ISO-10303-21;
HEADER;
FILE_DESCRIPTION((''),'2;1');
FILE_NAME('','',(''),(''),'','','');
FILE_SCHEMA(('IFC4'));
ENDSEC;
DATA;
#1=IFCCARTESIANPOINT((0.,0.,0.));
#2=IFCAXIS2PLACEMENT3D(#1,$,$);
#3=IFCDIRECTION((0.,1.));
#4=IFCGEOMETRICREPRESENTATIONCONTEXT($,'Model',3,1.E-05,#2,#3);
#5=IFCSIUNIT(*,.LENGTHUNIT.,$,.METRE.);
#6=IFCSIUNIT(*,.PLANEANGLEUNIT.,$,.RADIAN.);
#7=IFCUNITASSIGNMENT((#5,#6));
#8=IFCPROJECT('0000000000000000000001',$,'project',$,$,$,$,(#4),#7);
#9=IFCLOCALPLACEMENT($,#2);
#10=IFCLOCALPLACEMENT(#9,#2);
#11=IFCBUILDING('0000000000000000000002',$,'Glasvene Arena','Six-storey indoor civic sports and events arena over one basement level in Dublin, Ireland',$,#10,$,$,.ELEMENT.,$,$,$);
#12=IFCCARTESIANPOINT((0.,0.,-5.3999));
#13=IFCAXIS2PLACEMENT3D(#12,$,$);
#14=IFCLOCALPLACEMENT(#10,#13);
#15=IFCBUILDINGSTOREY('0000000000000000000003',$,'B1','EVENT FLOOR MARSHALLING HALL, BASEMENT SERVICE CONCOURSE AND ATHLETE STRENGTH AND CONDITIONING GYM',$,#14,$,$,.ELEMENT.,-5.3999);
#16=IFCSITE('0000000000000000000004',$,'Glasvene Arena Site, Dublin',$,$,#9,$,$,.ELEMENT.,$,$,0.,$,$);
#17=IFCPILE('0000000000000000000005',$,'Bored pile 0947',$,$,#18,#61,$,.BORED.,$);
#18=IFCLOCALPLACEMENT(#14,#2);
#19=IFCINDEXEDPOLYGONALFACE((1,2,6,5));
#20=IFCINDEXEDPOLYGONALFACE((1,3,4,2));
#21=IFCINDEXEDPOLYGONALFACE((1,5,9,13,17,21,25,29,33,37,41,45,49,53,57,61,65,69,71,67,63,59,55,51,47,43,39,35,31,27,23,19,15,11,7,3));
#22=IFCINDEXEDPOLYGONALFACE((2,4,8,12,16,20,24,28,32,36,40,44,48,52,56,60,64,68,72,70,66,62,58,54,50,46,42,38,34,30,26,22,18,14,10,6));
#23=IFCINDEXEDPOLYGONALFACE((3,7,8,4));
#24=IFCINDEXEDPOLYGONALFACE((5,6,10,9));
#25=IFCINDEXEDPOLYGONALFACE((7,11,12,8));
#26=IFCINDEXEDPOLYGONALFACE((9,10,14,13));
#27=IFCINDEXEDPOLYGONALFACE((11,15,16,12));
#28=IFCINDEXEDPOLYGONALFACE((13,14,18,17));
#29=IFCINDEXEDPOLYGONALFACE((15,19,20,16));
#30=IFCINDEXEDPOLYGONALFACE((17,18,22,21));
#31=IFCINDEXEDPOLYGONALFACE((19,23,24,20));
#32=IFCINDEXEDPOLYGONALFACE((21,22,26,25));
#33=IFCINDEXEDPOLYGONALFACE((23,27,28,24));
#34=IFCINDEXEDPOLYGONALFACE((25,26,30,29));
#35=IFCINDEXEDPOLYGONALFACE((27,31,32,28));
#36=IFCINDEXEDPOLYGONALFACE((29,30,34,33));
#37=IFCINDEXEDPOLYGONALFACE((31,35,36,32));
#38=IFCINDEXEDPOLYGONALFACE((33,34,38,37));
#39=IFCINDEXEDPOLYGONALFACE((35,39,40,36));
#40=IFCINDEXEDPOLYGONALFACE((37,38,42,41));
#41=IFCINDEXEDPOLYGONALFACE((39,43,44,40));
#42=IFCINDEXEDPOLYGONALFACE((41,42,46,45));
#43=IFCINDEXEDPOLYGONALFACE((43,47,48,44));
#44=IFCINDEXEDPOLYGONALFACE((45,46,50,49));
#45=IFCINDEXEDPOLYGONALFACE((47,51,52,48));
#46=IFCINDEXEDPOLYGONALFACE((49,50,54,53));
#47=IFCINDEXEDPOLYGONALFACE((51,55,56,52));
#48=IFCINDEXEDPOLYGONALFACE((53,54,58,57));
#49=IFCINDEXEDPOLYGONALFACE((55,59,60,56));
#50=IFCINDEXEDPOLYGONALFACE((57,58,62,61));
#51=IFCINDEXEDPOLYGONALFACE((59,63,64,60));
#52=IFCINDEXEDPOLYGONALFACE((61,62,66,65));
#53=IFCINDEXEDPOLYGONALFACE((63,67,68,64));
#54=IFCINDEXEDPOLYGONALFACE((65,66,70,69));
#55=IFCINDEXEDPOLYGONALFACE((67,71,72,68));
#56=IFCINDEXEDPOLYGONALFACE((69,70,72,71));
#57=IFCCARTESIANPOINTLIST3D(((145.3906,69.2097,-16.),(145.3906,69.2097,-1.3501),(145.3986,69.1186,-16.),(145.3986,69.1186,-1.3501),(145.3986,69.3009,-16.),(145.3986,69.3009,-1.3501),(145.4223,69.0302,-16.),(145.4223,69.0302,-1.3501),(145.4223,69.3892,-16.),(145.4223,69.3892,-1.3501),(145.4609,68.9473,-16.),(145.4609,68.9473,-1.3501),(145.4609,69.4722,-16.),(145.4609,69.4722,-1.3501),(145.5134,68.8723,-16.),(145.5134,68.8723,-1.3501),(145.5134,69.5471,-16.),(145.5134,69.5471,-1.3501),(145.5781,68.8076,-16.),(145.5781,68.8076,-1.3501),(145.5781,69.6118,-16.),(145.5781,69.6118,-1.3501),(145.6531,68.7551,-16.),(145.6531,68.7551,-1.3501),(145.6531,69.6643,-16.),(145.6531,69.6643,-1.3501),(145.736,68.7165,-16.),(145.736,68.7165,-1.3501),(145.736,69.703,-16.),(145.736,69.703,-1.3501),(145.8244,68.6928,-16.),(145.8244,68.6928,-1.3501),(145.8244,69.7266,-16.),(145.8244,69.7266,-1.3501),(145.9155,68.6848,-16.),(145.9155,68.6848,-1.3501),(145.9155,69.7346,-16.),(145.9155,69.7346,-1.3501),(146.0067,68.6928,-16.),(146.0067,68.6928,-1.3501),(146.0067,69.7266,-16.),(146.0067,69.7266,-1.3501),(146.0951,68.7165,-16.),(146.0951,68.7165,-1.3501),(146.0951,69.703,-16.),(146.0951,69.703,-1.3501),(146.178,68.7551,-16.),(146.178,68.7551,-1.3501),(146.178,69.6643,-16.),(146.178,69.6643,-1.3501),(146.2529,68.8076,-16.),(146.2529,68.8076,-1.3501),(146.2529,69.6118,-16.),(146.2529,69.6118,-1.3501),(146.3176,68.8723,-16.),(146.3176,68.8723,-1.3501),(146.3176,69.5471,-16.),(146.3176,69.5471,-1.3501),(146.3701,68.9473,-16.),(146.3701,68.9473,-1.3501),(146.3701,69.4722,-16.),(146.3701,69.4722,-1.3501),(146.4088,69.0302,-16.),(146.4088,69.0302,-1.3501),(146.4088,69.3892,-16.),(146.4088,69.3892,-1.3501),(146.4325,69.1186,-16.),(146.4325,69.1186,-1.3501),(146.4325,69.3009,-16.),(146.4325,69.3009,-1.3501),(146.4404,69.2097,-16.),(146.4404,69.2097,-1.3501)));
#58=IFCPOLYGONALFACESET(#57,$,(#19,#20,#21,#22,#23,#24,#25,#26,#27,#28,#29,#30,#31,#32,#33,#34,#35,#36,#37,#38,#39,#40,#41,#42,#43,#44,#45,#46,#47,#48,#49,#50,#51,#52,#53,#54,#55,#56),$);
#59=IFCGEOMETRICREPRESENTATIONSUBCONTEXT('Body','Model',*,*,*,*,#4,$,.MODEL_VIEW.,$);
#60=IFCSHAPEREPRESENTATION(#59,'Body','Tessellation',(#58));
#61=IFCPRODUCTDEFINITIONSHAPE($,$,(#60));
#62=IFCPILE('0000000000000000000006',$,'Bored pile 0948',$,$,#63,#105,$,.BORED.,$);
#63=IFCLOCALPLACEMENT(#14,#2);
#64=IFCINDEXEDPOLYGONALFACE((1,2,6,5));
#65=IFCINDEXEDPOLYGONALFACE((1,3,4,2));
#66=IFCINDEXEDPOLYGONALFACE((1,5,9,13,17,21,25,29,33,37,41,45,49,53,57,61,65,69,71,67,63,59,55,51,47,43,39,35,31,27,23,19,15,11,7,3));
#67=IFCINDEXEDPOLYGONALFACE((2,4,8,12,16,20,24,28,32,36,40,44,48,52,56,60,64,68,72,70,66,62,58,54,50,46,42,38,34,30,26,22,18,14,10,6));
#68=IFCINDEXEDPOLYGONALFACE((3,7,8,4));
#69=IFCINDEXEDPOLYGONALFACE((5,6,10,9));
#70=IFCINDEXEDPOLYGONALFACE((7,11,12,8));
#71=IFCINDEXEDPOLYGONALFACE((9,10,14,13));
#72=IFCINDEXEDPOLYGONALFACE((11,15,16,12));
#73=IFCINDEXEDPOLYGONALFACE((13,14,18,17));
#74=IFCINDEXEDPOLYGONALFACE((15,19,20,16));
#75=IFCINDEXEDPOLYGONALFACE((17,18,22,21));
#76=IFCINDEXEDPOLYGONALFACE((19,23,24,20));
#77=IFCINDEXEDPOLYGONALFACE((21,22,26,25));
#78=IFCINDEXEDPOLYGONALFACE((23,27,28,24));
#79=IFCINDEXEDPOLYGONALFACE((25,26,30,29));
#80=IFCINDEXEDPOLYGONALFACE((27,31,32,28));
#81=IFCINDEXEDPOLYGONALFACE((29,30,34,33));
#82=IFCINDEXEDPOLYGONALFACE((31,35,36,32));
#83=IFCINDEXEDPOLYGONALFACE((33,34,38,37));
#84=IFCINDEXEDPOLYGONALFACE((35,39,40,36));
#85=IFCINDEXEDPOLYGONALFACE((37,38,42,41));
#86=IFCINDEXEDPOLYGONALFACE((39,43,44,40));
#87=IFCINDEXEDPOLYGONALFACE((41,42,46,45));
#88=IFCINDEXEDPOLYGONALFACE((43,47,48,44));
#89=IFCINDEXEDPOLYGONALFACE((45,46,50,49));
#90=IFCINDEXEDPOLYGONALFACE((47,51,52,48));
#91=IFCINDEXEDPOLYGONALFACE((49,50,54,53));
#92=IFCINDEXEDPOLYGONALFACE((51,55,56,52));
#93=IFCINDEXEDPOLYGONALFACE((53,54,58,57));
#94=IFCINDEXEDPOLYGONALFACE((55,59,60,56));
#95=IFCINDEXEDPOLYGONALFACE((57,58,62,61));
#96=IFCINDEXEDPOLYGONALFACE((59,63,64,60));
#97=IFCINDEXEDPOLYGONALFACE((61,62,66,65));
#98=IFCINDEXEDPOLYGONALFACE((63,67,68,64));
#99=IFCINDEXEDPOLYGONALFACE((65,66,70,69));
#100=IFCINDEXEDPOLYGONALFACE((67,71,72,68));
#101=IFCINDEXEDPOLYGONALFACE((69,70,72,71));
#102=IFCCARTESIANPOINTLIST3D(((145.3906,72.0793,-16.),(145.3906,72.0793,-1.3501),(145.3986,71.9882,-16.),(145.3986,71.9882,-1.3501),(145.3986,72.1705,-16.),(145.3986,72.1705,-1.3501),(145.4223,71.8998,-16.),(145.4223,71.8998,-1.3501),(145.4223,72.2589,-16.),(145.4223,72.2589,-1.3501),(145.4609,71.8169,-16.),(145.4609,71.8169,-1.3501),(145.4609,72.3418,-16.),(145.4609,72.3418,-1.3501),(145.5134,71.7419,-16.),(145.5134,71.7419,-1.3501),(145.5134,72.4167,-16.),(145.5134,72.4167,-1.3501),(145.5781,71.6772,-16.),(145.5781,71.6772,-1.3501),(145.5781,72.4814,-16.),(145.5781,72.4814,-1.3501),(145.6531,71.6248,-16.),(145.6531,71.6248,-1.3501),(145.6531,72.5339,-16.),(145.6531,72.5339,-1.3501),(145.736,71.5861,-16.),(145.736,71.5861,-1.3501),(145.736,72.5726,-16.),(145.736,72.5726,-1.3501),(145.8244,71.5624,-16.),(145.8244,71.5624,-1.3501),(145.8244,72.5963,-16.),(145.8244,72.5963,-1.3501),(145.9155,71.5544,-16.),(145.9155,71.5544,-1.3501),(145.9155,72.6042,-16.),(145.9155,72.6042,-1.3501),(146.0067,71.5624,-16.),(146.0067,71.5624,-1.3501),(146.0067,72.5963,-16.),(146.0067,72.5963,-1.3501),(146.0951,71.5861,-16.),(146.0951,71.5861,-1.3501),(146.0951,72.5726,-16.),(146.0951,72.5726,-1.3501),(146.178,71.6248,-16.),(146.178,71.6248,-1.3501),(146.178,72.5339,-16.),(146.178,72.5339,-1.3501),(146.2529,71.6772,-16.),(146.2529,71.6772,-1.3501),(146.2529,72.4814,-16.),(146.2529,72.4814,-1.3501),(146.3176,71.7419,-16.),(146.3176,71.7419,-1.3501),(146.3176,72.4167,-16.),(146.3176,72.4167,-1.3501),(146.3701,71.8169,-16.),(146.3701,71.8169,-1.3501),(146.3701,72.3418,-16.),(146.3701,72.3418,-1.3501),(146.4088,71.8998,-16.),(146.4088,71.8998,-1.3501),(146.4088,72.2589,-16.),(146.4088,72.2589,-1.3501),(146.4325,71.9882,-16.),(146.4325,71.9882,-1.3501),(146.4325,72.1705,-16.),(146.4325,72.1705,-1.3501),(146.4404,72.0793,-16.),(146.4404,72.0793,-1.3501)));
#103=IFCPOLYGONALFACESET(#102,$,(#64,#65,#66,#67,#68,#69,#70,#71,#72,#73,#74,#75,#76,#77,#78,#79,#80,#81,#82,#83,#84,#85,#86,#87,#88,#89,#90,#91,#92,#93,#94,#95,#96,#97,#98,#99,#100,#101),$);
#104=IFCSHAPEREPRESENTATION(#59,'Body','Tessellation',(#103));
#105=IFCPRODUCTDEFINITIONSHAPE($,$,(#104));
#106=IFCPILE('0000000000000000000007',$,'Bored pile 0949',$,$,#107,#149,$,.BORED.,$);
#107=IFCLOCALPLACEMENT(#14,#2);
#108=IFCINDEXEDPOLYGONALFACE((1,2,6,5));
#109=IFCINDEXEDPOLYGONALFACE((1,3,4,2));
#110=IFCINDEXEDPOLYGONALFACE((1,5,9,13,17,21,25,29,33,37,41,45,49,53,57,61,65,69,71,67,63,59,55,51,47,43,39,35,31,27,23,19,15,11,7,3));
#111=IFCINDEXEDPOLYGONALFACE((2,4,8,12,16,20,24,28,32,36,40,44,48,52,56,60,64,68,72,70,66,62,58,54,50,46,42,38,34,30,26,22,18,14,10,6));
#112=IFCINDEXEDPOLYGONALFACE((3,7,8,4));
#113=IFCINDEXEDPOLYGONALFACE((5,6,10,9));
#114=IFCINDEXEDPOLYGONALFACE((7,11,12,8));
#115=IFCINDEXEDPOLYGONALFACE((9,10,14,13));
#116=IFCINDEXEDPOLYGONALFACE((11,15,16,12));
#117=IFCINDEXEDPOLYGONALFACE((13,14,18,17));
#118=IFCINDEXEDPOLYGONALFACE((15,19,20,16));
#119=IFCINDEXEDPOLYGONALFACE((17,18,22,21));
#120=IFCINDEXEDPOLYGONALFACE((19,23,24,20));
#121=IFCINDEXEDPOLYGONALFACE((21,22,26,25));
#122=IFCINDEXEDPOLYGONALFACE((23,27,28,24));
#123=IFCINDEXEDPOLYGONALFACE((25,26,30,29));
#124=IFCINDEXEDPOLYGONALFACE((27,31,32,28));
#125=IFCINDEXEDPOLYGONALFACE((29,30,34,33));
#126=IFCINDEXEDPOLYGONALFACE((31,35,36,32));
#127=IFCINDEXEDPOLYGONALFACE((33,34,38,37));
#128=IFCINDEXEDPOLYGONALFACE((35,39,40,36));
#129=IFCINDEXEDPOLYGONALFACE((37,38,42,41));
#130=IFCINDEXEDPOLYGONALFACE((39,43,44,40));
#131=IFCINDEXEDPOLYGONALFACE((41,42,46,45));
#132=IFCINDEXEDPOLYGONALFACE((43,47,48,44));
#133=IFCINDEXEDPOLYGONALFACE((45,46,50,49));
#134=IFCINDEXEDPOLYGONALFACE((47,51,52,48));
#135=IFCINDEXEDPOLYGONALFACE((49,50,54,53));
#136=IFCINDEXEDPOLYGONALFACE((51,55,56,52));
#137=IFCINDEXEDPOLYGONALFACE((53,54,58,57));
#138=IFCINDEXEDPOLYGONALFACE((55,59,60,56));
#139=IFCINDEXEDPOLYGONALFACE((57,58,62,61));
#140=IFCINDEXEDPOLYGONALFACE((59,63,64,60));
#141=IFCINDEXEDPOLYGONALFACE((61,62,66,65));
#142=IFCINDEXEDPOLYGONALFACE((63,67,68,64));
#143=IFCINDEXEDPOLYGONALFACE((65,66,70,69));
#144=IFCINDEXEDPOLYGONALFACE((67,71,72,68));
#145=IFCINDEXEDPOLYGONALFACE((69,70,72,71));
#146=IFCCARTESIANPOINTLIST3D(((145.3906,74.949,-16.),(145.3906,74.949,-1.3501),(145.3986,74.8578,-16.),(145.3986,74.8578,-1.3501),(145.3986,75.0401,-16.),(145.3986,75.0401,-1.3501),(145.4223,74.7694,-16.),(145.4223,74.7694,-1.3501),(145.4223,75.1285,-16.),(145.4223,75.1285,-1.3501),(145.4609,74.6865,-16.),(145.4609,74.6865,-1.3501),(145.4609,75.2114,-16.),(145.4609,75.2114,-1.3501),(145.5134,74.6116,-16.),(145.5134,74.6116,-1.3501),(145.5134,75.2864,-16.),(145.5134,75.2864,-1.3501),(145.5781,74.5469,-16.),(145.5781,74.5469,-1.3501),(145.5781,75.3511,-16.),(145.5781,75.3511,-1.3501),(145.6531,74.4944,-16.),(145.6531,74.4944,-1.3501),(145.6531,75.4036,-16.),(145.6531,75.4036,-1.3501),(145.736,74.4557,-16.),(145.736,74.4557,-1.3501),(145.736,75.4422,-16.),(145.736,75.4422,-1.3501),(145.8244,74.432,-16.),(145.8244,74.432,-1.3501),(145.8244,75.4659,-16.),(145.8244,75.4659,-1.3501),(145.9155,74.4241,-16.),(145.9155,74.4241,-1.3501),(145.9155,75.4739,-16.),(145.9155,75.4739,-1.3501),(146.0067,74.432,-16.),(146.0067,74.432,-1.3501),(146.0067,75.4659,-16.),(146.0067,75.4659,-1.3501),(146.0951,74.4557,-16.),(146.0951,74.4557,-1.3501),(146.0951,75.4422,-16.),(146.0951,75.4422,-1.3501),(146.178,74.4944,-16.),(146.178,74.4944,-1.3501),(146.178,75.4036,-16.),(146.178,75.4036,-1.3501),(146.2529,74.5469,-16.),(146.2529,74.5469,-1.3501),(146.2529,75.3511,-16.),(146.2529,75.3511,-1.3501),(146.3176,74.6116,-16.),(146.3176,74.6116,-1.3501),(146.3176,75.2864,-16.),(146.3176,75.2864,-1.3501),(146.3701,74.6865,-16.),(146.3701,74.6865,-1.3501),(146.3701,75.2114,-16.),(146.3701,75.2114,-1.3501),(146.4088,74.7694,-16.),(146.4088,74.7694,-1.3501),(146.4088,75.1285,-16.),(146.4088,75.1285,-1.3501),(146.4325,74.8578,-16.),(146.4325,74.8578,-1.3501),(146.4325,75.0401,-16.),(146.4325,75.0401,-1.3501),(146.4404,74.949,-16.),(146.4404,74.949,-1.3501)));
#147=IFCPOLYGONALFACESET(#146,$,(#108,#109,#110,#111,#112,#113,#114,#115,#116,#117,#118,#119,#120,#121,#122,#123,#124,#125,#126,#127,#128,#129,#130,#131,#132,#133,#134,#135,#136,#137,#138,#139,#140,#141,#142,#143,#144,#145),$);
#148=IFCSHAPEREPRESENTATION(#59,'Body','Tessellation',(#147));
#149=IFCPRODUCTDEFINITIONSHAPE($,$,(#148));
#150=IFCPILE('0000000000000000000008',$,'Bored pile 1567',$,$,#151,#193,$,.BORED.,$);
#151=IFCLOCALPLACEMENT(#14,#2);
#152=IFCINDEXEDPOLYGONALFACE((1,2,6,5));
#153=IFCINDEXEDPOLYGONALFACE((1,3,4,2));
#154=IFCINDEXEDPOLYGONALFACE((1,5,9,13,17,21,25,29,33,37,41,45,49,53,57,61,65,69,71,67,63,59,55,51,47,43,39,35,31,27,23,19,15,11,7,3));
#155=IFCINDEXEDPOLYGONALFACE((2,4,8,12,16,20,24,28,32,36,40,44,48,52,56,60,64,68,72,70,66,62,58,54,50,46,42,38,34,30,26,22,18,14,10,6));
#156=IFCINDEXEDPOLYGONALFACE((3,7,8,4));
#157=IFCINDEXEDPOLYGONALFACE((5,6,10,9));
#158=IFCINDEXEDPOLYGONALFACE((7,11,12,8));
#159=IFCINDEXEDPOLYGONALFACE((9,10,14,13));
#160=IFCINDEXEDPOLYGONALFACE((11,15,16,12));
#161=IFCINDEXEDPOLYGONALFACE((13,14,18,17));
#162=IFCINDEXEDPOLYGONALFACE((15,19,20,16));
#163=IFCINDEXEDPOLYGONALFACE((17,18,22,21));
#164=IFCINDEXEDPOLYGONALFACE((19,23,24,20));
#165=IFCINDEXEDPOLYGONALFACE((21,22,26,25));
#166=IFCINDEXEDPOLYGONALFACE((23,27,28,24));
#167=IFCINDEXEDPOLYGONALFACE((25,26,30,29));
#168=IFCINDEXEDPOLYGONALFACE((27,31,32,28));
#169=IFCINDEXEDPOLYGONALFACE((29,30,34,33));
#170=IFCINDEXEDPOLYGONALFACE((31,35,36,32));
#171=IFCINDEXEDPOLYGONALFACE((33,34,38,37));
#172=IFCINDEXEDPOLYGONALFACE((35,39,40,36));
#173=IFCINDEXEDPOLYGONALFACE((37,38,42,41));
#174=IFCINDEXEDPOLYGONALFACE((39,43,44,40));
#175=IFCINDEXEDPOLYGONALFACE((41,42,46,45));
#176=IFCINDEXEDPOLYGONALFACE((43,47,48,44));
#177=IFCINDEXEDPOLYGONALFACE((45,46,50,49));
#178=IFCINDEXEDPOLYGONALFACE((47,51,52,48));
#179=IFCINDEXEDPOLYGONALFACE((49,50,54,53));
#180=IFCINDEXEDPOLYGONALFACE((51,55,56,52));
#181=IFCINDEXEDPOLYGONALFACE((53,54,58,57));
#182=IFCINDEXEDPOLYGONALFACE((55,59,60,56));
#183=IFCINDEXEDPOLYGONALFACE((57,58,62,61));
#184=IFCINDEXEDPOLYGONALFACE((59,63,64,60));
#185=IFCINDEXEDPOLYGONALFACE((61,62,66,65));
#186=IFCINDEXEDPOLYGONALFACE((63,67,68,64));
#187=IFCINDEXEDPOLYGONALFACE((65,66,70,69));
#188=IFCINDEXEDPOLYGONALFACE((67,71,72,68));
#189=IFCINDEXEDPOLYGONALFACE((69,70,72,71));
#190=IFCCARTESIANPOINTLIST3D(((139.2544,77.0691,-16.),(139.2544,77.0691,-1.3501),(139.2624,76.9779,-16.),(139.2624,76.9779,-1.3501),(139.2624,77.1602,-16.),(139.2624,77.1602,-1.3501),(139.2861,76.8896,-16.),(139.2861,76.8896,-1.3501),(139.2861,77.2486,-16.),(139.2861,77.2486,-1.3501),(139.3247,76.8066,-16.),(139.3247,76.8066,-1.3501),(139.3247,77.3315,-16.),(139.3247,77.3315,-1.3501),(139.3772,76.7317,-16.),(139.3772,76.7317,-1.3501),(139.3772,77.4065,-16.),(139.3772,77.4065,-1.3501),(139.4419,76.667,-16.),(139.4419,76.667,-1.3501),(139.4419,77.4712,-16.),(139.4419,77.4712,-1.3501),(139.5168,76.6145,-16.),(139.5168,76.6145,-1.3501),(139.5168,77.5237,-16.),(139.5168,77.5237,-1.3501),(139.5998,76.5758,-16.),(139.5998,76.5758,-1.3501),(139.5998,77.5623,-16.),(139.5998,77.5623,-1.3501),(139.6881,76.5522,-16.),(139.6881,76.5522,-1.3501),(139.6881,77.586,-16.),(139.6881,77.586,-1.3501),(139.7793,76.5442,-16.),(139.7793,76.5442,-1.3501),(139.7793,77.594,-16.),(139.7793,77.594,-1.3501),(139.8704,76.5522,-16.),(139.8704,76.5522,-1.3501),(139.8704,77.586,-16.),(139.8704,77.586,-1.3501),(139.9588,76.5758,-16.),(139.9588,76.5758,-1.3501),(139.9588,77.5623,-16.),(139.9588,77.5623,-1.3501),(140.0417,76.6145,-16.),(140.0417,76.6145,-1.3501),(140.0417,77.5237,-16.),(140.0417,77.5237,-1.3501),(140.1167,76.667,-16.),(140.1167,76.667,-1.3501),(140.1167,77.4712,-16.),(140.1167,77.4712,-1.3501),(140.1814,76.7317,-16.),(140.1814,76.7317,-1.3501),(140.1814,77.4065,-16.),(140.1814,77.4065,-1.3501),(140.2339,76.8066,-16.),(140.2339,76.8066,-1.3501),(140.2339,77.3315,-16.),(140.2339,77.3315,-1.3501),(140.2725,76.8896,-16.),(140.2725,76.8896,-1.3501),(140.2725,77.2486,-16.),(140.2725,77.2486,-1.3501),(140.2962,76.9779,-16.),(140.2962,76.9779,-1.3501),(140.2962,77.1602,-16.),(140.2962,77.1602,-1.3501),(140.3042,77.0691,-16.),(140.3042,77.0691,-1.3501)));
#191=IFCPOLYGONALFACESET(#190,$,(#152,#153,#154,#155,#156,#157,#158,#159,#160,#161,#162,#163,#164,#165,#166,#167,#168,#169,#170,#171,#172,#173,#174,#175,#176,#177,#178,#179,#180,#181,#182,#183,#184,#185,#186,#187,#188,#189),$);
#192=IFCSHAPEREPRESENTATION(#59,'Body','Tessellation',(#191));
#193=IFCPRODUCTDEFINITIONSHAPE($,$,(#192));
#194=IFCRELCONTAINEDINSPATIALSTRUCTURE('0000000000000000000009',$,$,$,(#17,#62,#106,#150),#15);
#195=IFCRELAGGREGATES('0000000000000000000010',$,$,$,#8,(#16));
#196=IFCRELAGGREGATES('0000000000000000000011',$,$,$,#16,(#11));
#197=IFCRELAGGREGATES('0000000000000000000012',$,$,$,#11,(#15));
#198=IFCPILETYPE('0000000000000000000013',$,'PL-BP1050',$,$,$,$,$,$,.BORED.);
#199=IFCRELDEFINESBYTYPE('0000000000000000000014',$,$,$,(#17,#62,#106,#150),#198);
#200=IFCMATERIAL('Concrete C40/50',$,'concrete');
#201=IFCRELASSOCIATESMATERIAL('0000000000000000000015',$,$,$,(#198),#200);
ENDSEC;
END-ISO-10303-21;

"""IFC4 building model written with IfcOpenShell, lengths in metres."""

from ifc_helpers import new_model, si_unit, direction, frame, origin, origin_2d, place, context, subcontext, project, spatial, circle, extrude, material, material_profile, profile_set, type_object, element, save


model = new_model("IFC4")

# Units and contexts
model_context = context("Model", 3, precision=1e-05, world=origin(), true_north=direction((0.0, 1.0)))
body_context = subcontext(model_context, "Body", "Model", "MODEL_VIEW")
ifc_project = project(units=[si_unit("LENGTHUNIT", "METRE"), si_unit("PLANEANGLEUNIT", "RADIAN")], contexts=[model_context])

# Site, building, storey
site_placement = place(None, origin())
site = spatial("IfcSite", under=ifc_project, at=site_placement, Name="Glasvene Arena Site, Dublin", CompositionType="ELEMENT", RefElevation=0.0)
building_placement = place(site_placement, origin())
building = spatial("IfcBuilding", under=site, at=building_placement, Name="Glasvene Arena", Description="Six-storey indoor civic sports and events arena over one basement level in Dublin, Ireland", CompositionType="ELEMENT")
storey_placement = place(building_placement, frame((0.0, 0.0, -5.3999)))
storey = spatial("IfcBuildingStorey", under=building, at=storey_placement, Name="B1", Description="EVENT FLOOR MARSHALLING HALL, BASEMENT SERVICE CONCOURSE AND ATHLETE STRENGTH AND CONDITIONING GYM", CompositionType="ELEMENT", Elevation=-5.3999)

# Shared definitions
ifc_material_1 = material(Name="Concrete C40/50", Category="concrete")

# Piles
ifc_material_profile_1 = material_profile(ifc_material_1, circle(Radius=0.5249, at=origin_2d()), Name="BORED PILE 1050")
ifc_profile_set_1 = profile_set([ifc_material_profile_1], Name="Concrete C40/50")
pile_type = type_object("IfcPileType", Name="PL-BP1050", PredefinedType="BORED", material=ifc_profile_set_1)
for number, where, z_axis, x_axis, name in (
    (1, (145.9155, 69.2097, -1.3501), (0.0, 0.0, -1.0), (1.0, 0.0, 0.0), "Bored pile 0947"),
    (2, (145.9155, 72.0793, -1.3501), (0.0, 0.0, -1.0), (1.0, 0.0, 0.0), "Bored pile 0948"),
    (3, (145.9155, 74.949, -1.3501), (0.0, 0.0, -1.0), (1.0, 0.0, 0.0), "Bored pile 0949"),
    (4, (139.7793, 77.0691, -1.3501), (0.0, 0.0, -1.0), (1.0, 0.0, 0.0), "Bored pile 1567"),
):
    element("IfcPile", number, at=place(storey_placement, frame(where, z_axis=z_axis, x_axis=x_axis)), inside=storey, type_object=pile_type, Name=name, PredefinedType="BORED", context=body_context, shape_type="SweptSolid", body=[
        extrude(circle(Radius=0.5249, at=origin_2d()), origin(), (0.0, 0.0, 1.0), 14.6499),
    ])

save(model, "model.ifc")
